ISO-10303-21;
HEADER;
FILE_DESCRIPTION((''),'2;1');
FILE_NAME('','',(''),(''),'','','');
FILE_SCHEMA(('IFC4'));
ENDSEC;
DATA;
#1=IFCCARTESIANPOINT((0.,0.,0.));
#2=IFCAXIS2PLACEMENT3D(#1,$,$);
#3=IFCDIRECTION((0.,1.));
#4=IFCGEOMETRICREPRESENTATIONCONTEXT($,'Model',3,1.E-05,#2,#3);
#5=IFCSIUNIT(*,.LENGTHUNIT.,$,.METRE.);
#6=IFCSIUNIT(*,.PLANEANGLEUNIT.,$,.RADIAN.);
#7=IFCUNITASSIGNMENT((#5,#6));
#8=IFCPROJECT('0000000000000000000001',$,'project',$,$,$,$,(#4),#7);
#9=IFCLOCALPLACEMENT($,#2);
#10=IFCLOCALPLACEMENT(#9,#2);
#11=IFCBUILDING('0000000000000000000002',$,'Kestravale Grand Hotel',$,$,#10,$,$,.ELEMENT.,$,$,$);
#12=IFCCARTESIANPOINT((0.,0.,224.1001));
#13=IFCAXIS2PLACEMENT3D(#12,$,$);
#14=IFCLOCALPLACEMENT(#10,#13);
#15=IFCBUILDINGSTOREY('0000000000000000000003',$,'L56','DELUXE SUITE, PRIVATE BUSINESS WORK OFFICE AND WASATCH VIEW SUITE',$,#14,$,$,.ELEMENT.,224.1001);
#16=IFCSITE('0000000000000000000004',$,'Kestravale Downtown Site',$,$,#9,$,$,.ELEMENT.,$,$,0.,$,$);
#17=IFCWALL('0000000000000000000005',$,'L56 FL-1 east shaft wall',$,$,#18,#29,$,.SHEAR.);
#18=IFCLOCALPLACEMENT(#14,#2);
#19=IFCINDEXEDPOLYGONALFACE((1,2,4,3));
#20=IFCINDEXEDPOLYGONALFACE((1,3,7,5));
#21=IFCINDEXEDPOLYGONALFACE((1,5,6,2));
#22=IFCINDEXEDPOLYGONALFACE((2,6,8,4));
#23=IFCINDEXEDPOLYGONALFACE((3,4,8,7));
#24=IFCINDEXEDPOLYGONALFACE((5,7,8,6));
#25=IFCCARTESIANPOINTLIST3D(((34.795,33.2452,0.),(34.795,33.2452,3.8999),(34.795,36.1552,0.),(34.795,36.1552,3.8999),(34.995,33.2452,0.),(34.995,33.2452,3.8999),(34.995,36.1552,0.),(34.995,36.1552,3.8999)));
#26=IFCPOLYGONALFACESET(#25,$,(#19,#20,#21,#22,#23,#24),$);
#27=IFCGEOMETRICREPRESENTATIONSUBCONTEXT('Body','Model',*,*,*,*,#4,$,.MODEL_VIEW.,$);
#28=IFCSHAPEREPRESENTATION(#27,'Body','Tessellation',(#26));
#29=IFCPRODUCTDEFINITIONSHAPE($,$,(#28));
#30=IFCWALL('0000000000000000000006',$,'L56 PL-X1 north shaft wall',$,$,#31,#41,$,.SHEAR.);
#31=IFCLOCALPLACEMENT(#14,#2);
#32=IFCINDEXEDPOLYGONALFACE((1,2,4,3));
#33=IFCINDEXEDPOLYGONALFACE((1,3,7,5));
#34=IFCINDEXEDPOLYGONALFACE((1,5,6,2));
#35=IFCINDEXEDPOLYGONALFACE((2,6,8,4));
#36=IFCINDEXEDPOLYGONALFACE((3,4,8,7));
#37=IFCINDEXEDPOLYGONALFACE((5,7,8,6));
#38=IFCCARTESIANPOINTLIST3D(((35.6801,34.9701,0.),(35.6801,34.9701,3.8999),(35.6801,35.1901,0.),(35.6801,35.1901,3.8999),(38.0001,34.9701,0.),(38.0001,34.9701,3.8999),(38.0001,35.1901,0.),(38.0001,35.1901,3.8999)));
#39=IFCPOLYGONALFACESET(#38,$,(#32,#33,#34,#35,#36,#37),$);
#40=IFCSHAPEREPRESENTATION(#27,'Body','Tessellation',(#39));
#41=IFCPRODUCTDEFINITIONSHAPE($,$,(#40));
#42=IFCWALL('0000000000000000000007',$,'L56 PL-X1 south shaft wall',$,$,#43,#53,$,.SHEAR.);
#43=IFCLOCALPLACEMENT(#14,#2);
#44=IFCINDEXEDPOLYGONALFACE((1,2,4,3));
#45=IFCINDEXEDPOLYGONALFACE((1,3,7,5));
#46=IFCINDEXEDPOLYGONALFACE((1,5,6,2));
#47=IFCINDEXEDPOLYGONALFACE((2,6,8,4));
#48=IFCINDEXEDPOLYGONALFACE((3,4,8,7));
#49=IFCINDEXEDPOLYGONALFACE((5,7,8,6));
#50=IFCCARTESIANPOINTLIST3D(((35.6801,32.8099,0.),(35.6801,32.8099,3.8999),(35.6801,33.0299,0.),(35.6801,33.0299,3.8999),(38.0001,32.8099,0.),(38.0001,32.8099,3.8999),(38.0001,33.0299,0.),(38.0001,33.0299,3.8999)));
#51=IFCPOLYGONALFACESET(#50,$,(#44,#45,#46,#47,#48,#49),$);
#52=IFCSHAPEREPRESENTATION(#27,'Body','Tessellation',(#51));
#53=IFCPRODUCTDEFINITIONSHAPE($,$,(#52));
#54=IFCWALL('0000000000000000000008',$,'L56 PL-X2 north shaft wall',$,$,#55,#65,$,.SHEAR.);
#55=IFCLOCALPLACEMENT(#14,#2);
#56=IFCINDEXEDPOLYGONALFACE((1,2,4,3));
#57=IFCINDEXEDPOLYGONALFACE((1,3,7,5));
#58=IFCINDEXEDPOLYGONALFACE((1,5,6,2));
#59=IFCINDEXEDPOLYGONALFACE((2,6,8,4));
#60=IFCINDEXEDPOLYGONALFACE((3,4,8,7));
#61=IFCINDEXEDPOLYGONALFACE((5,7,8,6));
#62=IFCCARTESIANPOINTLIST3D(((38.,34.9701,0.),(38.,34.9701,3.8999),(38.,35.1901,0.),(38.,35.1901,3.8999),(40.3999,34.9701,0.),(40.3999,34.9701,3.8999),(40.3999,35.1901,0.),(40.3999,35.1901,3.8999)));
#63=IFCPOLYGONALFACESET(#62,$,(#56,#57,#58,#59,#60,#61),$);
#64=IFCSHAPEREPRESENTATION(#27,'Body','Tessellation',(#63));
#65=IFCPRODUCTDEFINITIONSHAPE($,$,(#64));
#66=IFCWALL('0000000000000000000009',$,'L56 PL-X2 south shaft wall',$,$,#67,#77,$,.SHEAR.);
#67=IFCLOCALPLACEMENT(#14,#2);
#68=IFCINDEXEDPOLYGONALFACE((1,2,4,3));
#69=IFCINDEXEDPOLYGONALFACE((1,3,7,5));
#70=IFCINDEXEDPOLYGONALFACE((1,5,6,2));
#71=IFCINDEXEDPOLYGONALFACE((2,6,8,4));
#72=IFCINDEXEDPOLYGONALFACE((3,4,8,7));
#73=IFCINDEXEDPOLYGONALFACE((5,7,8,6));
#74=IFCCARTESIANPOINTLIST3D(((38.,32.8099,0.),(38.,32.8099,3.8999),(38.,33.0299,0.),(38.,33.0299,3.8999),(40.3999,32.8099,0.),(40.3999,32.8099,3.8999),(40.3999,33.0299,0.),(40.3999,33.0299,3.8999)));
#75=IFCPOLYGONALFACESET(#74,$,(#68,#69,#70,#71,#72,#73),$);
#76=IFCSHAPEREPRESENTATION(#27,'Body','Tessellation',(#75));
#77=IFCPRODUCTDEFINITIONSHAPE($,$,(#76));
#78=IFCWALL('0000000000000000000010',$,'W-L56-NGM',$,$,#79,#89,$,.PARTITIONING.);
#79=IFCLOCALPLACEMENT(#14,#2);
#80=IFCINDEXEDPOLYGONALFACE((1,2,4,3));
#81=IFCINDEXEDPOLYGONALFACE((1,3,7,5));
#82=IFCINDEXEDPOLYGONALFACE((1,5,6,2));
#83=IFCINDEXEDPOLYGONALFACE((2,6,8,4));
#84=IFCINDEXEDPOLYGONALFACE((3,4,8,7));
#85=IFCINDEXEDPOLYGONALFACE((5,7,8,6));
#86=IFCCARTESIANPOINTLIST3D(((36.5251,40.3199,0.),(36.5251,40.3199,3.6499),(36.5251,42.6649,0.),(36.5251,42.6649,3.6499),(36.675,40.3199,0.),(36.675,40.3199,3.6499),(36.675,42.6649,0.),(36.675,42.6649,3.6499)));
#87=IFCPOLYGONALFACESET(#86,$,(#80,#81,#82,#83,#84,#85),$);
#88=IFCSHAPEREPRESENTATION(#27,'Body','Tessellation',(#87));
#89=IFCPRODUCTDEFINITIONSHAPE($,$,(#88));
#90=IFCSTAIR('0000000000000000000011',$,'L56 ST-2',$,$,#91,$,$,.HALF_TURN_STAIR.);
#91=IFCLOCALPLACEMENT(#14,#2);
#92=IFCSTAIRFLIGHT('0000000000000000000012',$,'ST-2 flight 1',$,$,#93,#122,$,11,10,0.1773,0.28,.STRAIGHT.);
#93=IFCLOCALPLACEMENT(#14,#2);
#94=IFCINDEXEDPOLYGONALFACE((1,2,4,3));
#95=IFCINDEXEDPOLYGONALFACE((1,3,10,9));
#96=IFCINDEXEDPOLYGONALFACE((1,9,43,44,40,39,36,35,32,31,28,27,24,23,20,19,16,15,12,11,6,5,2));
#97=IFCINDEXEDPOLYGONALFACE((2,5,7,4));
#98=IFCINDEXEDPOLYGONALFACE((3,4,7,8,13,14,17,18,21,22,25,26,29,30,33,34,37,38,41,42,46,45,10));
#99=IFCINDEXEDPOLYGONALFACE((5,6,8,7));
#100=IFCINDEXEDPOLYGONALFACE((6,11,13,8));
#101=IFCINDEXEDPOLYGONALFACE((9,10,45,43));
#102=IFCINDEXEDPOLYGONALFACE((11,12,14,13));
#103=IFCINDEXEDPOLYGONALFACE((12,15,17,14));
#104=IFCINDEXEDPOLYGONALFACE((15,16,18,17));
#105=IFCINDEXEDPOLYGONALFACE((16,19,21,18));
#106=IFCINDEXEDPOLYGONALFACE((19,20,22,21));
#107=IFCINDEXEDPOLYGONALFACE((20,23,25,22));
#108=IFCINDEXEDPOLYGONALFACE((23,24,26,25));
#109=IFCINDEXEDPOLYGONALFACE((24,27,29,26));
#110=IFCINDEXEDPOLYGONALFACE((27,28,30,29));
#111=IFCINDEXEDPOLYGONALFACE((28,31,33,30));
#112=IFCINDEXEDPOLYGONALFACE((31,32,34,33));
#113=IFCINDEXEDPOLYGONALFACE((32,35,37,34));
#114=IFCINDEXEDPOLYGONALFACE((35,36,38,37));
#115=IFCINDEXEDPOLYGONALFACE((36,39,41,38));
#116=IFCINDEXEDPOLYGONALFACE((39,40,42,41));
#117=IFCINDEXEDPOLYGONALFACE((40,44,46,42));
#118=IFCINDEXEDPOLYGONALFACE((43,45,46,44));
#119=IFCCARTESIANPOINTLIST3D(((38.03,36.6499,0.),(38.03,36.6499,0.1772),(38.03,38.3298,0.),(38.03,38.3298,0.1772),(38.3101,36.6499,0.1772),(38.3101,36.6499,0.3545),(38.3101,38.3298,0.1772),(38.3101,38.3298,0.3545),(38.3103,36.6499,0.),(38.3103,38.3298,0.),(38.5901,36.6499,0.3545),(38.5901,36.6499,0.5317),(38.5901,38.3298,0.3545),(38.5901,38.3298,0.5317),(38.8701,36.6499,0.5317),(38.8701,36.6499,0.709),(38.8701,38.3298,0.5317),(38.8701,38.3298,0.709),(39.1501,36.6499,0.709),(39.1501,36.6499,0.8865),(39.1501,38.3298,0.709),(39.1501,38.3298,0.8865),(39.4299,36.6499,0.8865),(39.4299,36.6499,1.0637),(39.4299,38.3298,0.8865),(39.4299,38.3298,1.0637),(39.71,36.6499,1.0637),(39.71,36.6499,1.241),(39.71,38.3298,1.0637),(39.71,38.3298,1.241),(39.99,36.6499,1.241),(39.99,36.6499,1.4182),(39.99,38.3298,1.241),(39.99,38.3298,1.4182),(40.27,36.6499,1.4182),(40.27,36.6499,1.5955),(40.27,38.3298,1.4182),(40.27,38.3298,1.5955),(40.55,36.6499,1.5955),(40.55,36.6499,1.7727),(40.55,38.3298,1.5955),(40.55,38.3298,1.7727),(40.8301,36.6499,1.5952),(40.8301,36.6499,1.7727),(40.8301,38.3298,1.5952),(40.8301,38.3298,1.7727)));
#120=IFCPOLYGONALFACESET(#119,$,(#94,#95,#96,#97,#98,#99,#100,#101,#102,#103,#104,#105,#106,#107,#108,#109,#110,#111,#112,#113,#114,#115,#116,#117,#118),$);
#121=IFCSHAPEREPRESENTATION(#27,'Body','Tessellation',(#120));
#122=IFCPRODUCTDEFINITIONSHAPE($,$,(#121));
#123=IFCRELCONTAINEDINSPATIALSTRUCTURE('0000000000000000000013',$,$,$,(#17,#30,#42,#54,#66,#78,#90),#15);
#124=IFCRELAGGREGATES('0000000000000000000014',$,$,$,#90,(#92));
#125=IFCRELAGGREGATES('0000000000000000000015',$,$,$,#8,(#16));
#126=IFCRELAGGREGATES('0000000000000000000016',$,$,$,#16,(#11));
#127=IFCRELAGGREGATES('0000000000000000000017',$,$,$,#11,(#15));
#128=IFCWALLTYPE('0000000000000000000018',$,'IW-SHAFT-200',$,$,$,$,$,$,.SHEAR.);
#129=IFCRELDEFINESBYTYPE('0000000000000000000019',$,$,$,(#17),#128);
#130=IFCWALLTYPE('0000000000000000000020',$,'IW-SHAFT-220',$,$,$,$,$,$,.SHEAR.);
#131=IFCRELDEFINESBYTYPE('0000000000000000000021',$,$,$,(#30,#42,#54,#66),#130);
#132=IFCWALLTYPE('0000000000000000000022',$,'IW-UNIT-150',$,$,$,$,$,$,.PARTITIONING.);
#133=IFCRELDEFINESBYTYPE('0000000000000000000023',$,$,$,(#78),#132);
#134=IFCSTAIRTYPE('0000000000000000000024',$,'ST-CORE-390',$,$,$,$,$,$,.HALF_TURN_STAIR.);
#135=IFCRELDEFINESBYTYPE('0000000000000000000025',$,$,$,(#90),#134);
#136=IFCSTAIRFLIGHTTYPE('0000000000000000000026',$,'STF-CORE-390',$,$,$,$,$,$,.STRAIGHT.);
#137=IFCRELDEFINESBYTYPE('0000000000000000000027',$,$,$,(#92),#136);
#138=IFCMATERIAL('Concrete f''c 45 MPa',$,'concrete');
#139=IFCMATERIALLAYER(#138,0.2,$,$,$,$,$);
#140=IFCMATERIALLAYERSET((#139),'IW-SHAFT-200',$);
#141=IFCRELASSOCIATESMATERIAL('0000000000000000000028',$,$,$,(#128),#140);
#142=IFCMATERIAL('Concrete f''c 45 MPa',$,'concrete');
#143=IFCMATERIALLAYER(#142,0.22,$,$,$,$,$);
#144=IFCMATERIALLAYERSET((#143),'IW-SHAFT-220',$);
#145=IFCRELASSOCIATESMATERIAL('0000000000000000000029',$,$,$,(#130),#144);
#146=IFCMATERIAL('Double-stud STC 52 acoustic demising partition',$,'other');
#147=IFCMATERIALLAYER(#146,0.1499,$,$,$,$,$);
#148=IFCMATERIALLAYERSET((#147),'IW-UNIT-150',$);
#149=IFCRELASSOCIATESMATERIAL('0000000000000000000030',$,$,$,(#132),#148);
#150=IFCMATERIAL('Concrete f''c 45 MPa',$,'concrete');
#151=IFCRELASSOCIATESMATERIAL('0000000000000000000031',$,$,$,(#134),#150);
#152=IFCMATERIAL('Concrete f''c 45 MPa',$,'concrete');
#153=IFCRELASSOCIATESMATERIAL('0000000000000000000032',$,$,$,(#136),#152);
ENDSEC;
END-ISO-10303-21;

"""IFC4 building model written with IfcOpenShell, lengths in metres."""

from ifc_helpers import new_model, si_unit, direction, frame, frame_2d, origin, place, context, subcontext, project, spatial, polyline, rectangle, outline, extrude, material, layer, layer_set, type_object, element, aggregate, save


model = new_model("IFC4")

# Units and contexts
model_context = context("Model", 3, precision=1e-05, world=origin(), true_north=direction((0.0, 1.0)))
body_context = subcontext(model_context, "Body", "Model", "MODEL_VIEW")
ifc_project = project(units=[si_unit("LENGTHUNIT", "METRE"), si_unit("PLANEANGLEUNIT", "RADIAN")], contexts=[model_context])

# Site, building, storey
site_placement = place(None, origin())
site = spatial("IfcSite", under=ifc_project, at=site_placement, Name="Kestravale Downtown Site", CompositionType="ELEMENT", RefElevation=0.0)
building_placement = place(site_placement, origin())
building = spatial("IfcBuilding", under=site, at=building_placement, Name="Kestravale Grand Hotel", CompositionType="ELEMENT")
storey_placement = place(building_placement, frame((0.0, 0.0, 224.1001)))
storey = spatial("IfcBuildingStorey", under=building, at=storey_placement, Name="L56", Description="DELUXE SUITE, PRIVATE BUSINESS WORK OFFICE AND WASATCH VIEW SUITE", CompositionType="ELEMENT", Elevation=224.1001)

# Walls
ifc_material_1 = material(Name="Concrete f'c 45 MPa", Category="concrete")
ifc_layer_1 = layer(ifc_material_1, 0.2)
ifc_layer_set_1 = layer_set([ifc_layer_1], Name="IW-SHAFT-200")
wall_type_1 = type_object("IfcWallType", Name="IW-SHAFT-200", PredefinedType="SHEAR", material=ifc_layer_set_1)
wall_1_placement = place(storey_placement, frame((34.895, 33.2451, 0.0), z_axis=(0.0, 0.0, 1.0), x_axis=(0.0, 1.0, 0.0)))
element("IfcWall", 1, at=wall_1_placement, inside=storey, type_object=wall_type_1, Name="L56 FL-1 east shaft wall", PredefinedType="SHEAR", context=body_context, shape_type="SweptSolid", body=[
    extrude(rectangle(XDim=2.9099, YDim=0.2, at=frame_2d((1.4551, 0.0))), origin(), (0.0, 0.0, 1.0), 3.8999),
])
ifc_material_2 = material(Name="Concrete f'c 45 MPa", Category="concrete")
ifc_layer_2 = layer(ifc_material_2, 0.22)
ifc_layer_set_2 = layer_set([ifc_layer_2], Name="IW-SHAFT-220")
wall_type_2 = type_object("IfcWallType", Name="IW-SHAFT-220", PredefinedType="SHEAR", material=ifc_layer_set_2)
for number, where, z_axis, x_axis, name in (
    (2, (35.6799, 35.0801, 0.0), (0.0, 0.0, 1.0), (1.0, 0.0, 0.0), "L56 PL-X1 north shaft wall"),
    (3, (35.6799, 32.9199, 0.0), (0.0, 0.0, 1.0), (1.0, 0.0, 0.0), "L56 PL-X1 south shaft wall"),
):
    element("IfcWall", number, at=place(storey_placement, frame(where, z_axis=z_axis, x_axis=x_axis)), inside=storey, type_object=wall_type_2, Name=name, PredefinedType="SHEAR", context=body_context, shape_type="SweptSolid", body=[
        extrude(rectangle(XDim=2.3201, YDim=0.22, at=frame_2d((1.1602, 0.0))), origin(), (0.0, 0.0, 1.0), 3.8999),
    ])
for number, where, z_axis, x_axis, name in (
    (4, (38.0, 35.0801, 0.0), (0.0, 0.0, 1.0), (1.0, 0.0, 0.0), "L56 PL-X2 north shaft wall"),
    (5, (38.0, 32.9199, 0.0), (0.0, 0.0, 1.0), (1.0, 0.0, 0.0), "L56 PL-X2 south shaft wall"),
):
    element("IfcWall", number, at=place(storey_placement, frame(where, z_axis=z_axis, x_axis=x_axis)), inside=storey, type_object=wall_type_2, Name=name, PredefinedType="SHEAR", context=body_context, shape_type="SweptSolid", body=[
        extrude(rectangle(XDim=2.3999, YDim=0.22, at=frame_2d((1.2, 0.0))), origin(), (0.0, 0.0, 1.0), 3.8999),
    ])

# Wall
ifc_material_3 = material(Name="Double-stud STC 52 acoustic demising partition", Category="other")
ifc_layer_3 = layer(ifc_material_3, 0.1499)
ifc_layer_set_3 = layer_set([ifc_layer_3], Name="IW-UNIT-150")
wall_type_3 = type_object("IfcWallType", Name="IW-UNIT-150", PredefinedType="PARTITIONING", material=ifc_layer_set_3)
wall_2_placement = place(storey_placement, frame((36.6001, 40.3201, 0.0), z_axis=(0.0, 0.0, 1.0), x_axis=(0.0, 1.0, 0.0)))
element("IfcWall", 6, at=wall_2_placement, inside=storey, type_object=wall_type_3, Name="W-L56-NGM", PredefinedType="PARTITIONING", context=body_context, shape_type="SweptSolid", body=[
    extrude(rectangle(XDim=2.345, YDim=0.1499, at=frame_2d((1.1724, 0.0))), origin(), (0.0, 0.0, 1.0), 3.6499),
])

# Stair, stair flight
ifc_material_4 = material(Name="Concrete f'c 45 MPa", Category="concrete")
stair_type = type_object("IfcStairType", Name="ST-CORE-390", PredefinedType="HALF_TURN_STAIR", material=ifc_material_4)
stair_placement = place(storey_placement, origin())
stair = element("IfcStair", 7, at=stair_placement, inside=storey, type_object=stair_type, Name="L56 ST-2", PredefinedType="HALF_TURN_STAIR")
ifc_material_5 = material(Name="Concrete f'c 45 MPa", Category="concrete")
stair_flight_type = type_object("IfcStairFlightType", Name="STF-CORE-390", PredefinedType="STRAIGHT", material=ifc_material_5)
stair_flight_placement = place(storey_placement, frame((38.03, 37.49, 0.0), z_axis=(0.0, 0.0, 1.0), x_axis=(1.0, 0.0, 0.0)))
stair_flight = element("IfcStairFlight", 8, at=stair_flight_placement, type_object=stair_flight_type, Name="ST-2 flight 1", NumberOfRisers=11, NumberOfTreads=10, PredefinedType="STRAIGHT", RiserHeight=0.1773, TreadLength=0.28, context=body_context, shape_type="SweptSolid", body=[
    extrude(outline(polyline([(0.0, 0.0), (0.0, 0.1772), (0.28, 0.1772), (0.28, 0.3545), (0.5601, 0.3545), (0.5601, 0.5317), (0.8401, 0.5317), (0.8401, 0.709), (1.1201, 0.709), (1.1201, 0.8865), (1.3999, 0.8865), (1.3999, 1.0637), (1.6799, 1.0637), (1.6799, 1.241), (1.96, 1.241), (1.96, 1.4182), (2.24, 1.4182), (2.24, 1.5955), (2.52, 1.5955), (2.52, 1.7727), (2.8, 1.7727), (2.8, 1.95), (2.8, 1.5952), (0.2803, 0.0), (0.0, 0.0)])), frame((0.0, 0.8398, 0.0), z_axis=(0.0, -1.0, 0.0), x_axis=(1.0, 0.0, 0.0)), (0.0, 0.0, 1.0), 1.6799),
])
aggregate(stair, [stair_flight])

save(model, "model.ifc")
